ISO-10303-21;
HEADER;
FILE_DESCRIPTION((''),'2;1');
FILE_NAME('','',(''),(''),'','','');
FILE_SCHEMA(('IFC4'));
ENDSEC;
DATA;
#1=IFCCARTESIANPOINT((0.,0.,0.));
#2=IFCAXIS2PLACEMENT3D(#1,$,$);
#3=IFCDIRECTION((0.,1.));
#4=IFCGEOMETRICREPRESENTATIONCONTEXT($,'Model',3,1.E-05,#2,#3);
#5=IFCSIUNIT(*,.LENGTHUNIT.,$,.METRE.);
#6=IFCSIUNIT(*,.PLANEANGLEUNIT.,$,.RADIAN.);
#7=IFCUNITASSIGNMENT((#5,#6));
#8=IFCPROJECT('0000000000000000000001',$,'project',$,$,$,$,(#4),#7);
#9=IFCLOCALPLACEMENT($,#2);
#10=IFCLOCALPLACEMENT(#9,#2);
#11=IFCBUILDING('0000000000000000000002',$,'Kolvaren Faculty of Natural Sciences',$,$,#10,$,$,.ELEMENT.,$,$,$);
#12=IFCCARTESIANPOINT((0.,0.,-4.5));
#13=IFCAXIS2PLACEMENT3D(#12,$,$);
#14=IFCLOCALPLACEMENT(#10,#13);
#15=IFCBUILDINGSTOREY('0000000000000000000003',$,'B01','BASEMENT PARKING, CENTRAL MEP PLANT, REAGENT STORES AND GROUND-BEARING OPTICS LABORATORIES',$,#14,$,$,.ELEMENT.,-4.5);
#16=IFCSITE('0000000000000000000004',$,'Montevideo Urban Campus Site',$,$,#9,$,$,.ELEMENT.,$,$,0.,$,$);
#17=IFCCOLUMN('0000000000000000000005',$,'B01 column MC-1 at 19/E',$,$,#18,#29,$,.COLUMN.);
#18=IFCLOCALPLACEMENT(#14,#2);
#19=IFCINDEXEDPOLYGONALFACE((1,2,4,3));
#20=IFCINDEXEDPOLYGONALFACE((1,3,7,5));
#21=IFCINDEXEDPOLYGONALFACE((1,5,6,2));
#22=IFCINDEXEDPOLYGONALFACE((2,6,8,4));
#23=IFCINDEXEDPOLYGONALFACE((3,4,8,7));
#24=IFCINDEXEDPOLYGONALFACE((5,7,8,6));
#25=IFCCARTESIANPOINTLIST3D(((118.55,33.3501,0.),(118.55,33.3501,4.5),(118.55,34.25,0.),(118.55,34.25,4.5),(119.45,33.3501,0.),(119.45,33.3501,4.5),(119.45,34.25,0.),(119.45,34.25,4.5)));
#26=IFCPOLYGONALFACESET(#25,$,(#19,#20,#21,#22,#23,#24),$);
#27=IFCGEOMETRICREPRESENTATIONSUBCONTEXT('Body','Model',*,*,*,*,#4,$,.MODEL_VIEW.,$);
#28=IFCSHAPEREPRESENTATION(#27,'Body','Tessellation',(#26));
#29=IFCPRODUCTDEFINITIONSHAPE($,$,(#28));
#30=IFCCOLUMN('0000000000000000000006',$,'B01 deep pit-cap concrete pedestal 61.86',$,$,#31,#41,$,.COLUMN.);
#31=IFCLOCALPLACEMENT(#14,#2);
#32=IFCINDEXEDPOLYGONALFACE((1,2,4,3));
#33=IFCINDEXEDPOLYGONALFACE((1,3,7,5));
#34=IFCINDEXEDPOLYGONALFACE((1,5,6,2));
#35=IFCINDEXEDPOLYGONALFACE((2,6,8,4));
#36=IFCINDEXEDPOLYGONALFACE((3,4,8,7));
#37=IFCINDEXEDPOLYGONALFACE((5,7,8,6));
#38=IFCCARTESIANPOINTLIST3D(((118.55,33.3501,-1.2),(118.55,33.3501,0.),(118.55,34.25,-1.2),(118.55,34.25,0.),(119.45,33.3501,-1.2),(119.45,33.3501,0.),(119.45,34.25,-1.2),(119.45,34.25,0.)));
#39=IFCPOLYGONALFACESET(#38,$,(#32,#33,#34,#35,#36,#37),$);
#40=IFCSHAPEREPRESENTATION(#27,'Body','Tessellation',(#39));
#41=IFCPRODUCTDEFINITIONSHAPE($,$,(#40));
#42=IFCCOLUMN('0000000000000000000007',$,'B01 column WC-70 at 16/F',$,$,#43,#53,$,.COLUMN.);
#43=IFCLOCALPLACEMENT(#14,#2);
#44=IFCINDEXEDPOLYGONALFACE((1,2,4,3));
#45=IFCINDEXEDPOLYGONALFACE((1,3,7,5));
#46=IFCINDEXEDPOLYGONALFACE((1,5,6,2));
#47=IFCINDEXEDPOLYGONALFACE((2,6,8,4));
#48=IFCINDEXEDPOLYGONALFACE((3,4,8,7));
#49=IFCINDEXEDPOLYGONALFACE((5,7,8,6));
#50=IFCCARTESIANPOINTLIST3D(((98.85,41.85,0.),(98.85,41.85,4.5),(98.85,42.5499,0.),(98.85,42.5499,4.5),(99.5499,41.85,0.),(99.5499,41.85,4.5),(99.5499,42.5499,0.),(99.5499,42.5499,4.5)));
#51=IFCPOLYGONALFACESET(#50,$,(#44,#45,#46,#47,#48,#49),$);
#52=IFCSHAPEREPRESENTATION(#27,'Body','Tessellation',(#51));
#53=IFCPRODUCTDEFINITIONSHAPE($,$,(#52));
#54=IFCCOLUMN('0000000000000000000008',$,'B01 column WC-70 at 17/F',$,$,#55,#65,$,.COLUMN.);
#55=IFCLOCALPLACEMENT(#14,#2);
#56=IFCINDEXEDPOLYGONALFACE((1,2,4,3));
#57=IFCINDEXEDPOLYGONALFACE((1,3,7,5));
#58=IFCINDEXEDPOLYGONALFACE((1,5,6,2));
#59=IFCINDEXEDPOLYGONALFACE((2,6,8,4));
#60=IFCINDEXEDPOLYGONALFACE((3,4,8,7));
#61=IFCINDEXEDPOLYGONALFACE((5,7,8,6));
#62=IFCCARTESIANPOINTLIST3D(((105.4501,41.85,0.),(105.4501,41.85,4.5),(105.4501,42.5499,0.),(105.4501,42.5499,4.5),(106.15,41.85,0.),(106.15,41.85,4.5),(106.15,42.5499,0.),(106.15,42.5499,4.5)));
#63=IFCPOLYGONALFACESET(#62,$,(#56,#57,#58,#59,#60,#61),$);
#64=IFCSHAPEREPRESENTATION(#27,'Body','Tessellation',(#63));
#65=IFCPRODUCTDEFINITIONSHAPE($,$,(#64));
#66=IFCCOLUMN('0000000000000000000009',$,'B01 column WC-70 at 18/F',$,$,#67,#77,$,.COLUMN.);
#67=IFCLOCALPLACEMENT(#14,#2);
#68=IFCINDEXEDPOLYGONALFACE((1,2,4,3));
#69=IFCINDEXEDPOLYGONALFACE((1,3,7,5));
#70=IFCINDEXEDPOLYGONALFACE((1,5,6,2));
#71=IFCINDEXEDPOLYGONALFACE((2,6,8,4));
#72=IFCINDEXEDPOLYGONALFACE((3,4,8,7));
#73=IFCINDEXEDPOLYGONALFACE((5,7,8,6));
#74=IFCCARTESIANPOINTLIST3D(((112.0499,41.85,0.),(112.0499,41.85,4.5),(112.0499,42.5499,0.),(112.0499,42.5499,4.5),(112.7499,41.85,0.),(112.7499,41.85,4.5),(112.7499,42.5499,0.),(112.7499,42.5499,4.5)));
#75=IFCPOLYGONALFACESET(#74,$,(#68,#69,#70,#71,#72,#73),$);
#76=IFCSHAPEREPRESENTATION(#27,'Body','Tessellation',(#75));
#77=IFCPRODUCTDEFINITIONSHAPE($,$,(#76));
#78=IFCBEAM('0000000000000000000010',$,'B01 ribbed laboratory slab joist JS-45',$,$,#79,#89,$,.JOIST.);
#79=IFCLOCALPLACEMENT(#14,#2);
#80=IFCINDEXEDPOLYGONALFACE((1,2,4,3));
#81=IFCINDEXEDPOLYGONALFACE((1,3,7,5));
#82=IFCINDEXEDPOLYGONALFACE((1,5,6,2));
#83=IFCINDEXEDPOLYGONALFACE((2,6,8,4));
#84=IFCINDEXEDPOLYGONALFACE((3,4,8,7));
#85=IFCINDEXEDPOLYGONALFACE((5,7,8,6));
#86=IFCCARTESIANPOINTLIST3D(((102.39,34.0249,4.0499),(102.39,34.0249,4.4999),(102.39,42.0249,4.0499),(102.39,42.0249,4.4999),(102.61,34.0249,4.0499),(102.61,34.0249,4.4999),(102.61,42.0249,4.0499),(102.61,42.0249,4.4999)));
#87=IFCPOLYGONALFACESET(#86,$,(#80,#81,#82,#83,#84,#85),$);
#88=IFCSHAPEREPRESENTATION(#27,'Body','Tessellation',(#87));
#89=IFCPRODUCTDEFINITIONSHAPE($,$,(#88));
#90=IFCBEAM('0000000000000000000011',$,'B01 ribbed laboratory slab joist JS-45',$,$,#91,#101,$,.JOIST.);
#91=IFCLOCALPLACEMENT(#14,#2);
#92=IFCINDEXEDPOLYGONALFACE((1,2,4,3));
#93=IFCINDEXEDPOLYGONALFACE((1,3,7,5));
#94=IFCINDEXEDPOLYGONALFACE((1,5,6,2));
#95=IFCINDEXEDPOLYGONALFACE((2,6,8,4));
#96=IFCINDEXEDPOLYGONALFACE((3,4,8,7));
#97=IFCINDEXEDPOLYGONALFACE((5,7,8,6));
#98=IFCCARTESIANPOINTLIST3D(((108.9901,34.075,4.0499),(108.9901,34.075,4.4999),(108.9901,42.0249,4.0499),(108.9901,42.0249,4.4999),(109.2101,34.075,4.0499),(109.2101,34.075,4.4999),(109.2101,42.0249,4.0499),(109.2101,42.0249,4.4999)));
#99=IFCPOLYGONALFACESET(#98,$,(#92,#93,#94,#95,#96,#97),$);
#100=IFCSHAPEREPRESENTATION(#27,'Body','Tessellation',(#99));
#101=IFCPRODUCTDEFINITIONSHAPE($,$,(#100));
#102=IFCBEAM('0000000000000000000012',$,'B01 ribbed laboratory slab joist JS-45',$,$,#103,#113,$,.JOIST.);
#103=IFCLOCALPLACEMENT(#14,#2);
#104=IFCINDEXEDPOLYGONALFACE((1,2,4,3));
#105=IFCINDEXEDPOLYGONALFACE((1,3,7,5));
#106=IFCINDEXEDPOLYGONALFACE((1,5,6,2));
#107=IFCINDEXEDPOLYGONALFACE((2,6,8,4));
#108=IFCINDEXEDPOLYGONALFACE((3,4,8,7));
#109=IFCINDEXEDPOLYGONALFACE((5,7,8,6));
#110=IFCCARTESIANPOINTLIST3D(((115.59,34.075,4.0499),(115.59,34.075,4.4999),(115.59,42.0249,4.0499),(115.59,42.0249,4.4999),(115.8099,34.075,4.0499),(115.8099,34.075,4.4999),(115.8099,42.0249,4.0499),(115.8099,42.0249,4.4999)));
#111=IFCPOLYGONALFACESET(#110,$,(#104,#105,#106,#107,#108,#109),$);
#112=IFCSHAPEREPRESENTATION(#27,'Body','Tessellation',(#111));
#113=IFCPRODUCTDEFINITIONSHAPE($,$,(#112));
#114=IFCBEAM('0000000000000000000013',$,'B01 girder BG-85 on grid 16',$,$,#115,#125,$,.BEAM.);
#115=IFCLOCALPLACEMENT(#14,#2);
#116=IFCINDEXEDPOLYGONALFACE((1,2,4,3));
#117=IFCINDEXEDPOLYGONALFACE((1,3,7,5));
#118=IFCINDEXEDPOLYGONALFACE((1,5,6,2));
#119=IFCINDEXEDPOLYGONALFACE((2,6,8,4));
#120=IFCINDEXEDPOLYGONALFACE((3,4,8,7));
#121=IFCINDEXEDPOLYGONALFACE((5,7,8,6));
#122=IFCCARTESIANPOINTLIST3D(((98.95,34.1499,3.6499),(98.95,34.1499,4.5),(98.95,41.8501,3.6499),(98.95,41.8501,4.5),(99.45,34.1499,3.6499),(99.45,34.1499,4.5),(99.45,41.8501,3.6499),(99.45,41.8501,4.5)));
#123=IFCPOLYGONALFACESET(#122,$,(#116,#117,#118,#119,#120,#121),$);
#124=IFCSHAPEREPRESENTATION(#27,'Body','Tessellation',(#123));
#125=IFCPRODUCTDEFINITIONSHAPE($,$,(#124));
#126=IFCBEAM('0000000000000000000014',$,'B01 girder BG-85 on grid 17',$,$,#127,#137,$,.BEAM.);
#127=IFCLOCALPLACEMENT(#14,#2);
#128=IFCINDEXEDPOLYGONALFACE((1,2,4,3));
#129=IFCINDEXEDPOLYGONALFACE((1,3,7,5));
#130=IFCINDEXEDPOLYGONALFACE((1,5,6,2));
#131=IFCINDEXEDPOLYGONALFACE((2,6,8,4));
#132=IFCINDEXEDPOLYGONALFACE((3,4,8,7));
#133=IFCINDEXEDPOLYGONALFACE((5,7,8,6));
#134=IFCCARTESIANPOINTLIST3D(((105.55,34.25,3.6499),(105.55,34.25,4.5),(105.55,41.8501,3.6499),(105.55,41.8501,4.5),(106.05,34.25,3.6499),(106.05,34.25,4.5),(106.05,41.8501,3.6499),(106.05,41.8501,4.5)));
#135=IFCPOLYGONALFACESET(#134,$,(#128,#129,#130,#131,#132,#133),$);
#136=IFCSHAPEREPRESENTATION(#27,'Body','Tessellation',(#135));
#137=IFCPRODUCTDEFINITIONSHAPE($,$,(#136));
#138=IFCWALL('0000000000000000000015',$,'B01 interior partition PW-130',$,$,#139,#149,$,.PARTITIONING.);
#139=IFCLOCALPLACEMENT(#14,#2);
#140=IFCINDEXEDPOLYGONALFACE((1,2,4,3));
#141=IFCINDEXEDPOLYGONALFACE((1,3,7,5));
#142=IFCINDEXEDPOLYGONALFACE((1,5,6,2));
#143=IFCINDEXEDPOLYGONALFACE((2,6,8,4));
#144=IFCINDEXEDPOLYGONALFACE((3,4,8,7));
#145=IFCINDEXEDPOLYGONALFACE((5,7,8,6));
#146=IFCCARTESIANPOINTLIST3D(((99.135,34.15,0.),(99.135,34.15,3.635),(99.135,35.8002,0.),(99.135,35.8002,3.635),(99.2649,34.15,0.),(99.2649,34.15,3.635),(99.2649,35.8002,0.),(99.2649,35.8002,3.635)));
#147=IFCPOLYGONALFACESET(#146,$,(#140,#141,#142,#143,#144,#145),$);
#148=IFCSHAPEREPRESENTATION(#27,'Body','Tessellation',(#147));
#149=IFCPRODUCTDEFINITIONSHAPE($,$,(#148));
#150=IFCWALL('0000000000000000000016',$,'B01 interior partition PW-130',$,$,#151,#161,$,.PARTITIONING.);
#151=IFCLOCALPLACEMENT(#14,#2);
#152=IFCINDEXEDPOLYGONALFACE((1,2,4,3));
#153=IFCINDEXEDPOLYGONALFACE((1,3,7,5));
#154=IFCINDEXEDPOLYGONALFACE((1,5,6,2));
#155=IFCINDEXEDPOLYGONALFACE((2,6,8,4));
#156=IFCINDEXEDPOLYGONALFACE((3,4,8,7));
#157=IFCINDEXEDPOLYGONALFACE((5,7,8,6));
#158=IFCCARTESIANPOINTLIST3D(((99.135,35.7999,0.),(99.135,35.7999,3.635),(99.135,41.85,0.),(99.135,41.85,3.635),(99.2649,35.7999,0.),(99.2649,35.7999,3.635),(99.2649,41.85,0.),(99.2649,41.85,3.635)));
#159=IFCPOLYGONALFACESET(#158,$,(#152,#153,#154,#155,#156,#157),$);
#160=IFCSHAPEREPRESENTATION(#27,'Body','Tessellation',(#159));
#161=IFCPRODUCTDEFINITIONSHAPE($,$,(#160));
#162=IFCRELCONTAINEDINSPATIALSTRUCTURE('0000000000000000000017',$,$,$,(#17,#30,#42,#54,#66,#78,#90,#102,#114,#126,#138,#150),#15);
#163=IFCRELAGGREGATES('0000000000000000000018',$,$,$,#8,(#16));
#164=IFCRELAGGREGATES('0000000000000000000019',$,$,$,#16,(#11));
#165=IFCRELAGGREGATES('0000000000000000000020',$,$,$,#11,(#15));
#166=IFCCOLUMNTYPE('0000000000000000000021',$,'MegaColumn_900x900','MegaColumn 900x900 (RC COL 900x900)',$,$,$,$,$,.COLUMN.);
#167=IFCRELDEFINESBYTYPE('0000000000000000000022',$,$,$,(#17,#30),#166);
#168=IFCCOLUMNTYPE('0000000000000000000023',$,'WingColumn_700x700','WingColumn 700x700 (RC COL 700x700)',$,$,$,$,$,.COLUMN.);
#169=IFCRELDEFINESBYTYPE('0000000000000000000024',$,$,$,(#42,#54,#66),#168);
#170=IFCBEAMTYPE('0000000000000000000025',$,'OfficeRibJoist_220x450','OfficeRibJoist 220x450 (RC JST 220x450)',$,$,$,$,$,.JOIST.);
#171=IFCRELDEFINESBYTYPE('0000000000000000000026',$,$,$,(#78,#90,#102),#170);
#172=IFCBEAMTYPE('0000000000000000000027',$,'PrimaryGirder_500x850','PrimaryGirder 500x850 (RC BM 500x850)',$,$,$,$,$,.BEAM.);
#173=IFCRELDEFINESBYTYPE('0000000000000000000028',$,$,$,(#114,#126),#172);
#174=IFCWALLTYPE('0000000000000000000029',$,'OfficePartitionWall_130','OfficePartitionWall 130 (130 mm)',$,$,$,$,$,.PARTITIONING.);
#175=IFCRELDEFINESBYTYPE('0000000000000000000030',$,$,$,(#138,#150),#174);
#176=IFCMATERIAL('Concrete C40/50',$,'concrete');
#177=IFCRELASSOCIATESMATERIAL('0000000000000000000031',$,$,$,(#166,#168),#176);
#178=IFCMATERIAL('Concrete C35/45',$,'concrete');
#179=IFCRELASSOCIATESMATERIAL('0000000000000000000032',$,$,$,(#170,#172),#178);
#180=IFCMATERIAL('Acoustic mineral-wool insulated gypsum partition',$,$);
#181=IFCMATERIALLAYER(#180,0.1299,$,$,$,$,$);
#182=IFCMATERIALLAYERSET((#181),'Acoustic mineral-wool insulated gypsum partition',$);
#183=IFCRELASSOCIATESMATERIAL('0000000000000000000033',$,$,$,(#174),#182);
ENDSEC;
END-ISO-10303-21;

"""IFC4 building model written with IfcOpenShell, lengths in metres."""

from ifc_helpers import new_model, si_unit, direction, frame, frame_2d, origin, origin_2d, place, context, subcontext, project, spatial, rectangle, extrude, material, layer, layer_set, material_profile, profile_set, type_object, element, save


model = new_model("IFC4")

# Units and contexts
model_context = context("Model", 3, precision=1e-05, world=origin(), true_north=direction((0.0, 1.0)))
body_context = subcontext(model_context, "Body", "Model", "MODEL_VIEW")
ifc_project = project(units=[si_unit("LENGTHUNIT", "METRE"), si_unit("PLANEANGLEUNIT", "RADIAN")], contexts=[model_context])

# Site, building, storey
site_placement = place(None, origin())
site = spatial("IfcSite", under=ifc_project, at=site_placement, Name="Montevideo Urban Campus Site", CompositionType="ELEMENT", RefElevation=0.0)
building_placement = place(site_placement, origin())
building = spatial("IfcBuilding", under=site, at=building_placement, Name="Kolvaren Faculty of Natural Sciences", CompositionType="ELEMENT")
storey_placement = place(building_placement, frame((0.0, 0.0, -4.5)))
storey = spatial("IfcBuildingStorey", under=building, at=storey_placement, Name="B01", Description="BASEMENT PARKING, CENTRAL MEP PLANT, REAGENT STORES AND GROUND-BEARING OPTICS LABORATORIES", CompositionType="ELEMENT", Elevation=-4.5)

# Shared definitions
ifc_material_1 = material(Name="Concrete C35/45", Category="concrete")

# Columns
ifc_material_2 = material(Name="Concrete C40/50", Category="concrete")
ifc_material_profile_1 = material_profile(ifc_material_2, rectangle(XDim=0.8999, YDim=0.8999, at=origin_2d()), Name="RC COL 900x900")
ifc_profile_set_1 = profile_set([ifc_material_profile_1], Name="Concrete C40/50")
column_type_1 = type_object("IfcColumnType", Name="MegaColumn_900x900", Description="MegaColumn 900x900 (RC COL 900x900)", PredefinedType="COLUMN", material=ifc_profile_set_1)
column_1_placement = place(storey_placement, frame((119.0, 33.8, 0.0), z_axis=(0.0, 0.0, 1.0), x_axis=(1.0, 0.0, 0.0)))
element("IfcColumn", 1, at=column_1_placement, inside=storey, type_object=column_type_1, Name="B01 column MC-1 at 19/E", PredefinedType="COLUMN", context=body_context, shape_type="SweptSolid", body=[
    extrude(rectangle(XDim=0.8999, YDim=0.8999, at=origin_2d()), origin(), (0.0, 0.0, 1.0), 4.5),
])
column_2_placement = place(storey_placement, frame((119.0, 33.8, -1.2), z_axis=(0.0, 0.0, 1.0), x_axis=(1.0, 0.0, 0.0)))
element("IfcColumn", 2, at=column_2_placement, inside=storey, type_object=column_type_1, Name="B01 deep pit-cap concrete pedestal 61.86", PredefinedType="COLUMN", context=body_context, shape_type="SweptSolid", body=[
    extrude(rectangle(XDim=0.8999, YDim=0.8999, at=origin_2d()), origin(), (0.0, 0.0, 1.0), 1.2),
])
ifc_material_profile_2 = material_profile(ifc_material_2, rectangle(XDim=0.7, YDim=0.7, at=origin_2d()), Name="RC COL 700x700")
ifc_profile_set_2 = profile_set([ifc_material_profile_2], Name="Concrete C40/50")
column_type_2 = type_object("IfcColumnType", Name="WingColumn_700x700", Description="WingColumn 700x700 (RC COL 700x700)", PredefinedType="COLUMN", material=ifc_profile_set_2)
for number, where, z_axis, x_axis, name in (
    (3, (99.2, 42.2, 0.0), (0.0, 0.0, 1.0), (1.0, 0.0, 0.0), "B01 column WC-70 at 16/F"),
    (4, (105.8, 42.2, 0.0), (0.0, 0.0, 1.0), (1.0, 0.0, 0.0), "B01 column WC-70 at 17/F"),
    (5, (112.3999, 42.2, 0.0), (0.0, 0.0, 1.0), (1.0, 0.0, 0.0), "B01 column WC-70 at 18/F"),
):
    element("IfcColumn", number, at=place(storey_placement, frame(where, z_axis=z_axis, x_axis=x_axis)), inside=storey, type_object=column_type_2, Name=name, PredefinedType="COLUMN", context=body_context, shape_type="SweptSolid", body=[
        extrude(rectangle(XDim=0.7, YDim=0.7, at=origin_2d()), origin(), (0.0, 0.0, 1.0), 4.5),
    ])

# Beams
ifc_material_profile_3 = material_profile(ifc_material_1, rectangle(XDim=0.22, YDim=0.45, at=origin_2d()), Name="RC JST 220x450")
ifc_profile_set_3 = profile_set([ifc_material_profile_3], Name="Concrete C35/45")
beam_type_1 = type_object("IfcBeamType", Name="OfficeRibJoist_220x450", Description="OfficeRibJoist 220x450 (RC JST 220x450)", PredefinedType="JOIST", material=ifc_profile_set_3)
beam_1_placement = place(storey_placement, frame((102.5, 34.0249, 4.2749), z_axis=(0.0, 1.0, 0.0), x_axis=(-1.0, 0.0, 0.0)))
element("IfcBeam", 6, at=beam_1_placement, inside=storey, type_object=beam_type_1, Name="B01 ribbed laboratory slab joist JS-45", PredefinedType="JOIST", context=body_context, shape_type="SweptSolid", body=[
    extrude(rectangle(XDim=0.22, YDim=0.45, at=origin_2d()), origin(), (0.0, 0.0, 1.0), 8.0),
])
for number, where, z_axis, x_axis, name in (
    (7, (109.1001, 34.075, 4.2749), (0.0, 1.0, 0.0), (-1.0, 0.0, 0.0), "B01 ribbed laboratory slab joist JS-45"),
    (8, (115.7, 34.075, 4.2749), (0.0, 1.0, 0.0), (-1.0, 0.0, 0.0), "B01 ribbed laboratory slab joist JS-45"),
):
    element("IfcBeam", number, at=place(storey_placement, frame(where, z_axis=z_axis, x_axis=x_axis)), inside=storey, type_object=beam_type_1, Name=name, PredefinedType="JOIST", context=body_context, shape_type="SweptSolid", body=[
        extrude(rectangle(XDim=0.22, YDim=0.45, at=origin_2d()), origin(), (0.0, 0.0, 1.0), 7.95),
    ])
ifc_material_profile_4 = material_profile(ifc_material_1, rectangle(XDim=0.5, YDim=0.8501, at=origin_2d()), Name="RC BM 500x850")
ifc_profile_set_4 = profile_set([ifc_material_profile_4], Name="Concrete C35/45")
beam_type_2 = type_object("IfcBeamType", Name="PrimaryGirder_500x850", Description="PrimaryGirder 500x850 (RC BM 500x850)", PredefinedType="BEAM", material=ifc_profile_set_4)
beam_2_placement = place(storey_placement, frame((99.2, 34.1499, 4.075), z_axis=(0.0, 1.0, 0.0), x_axis=(-1.0, 0.0, 0.0)))
element("IfcBeam", 9, at=beam_2_placement, inside=storey, type_object=beam_type_2, Name="B01 girder BG-85 on grid 16", PredefinedType="BEAM", context=body_context, shape_type="SweptSolid", body=[
    extrude(rectangle(XDim=0.5, YDim=0.8501, at=origin_2d()), origin(), (0.0, 0.0, 1.0), 7.7002),
])
beam_3_placement = place(storey_placement, frame((105.8, 34.25, 4.075), z_axis=(0.0, 1.0, 0.0), x_axis=(-1.0, 0.0, 0.0)))
element("IfcBeam", 10, at=beam_3_placement, inside=storey, type_object=beam_type_2, Name="B01 girder BG-85 on grid 17", PredefinedType="BEAM", context=body_context, shape_type="SweptSolid", body=[
    extrude(rectangle(XDim=0.5, YDim=0.8501, at=origin_2d()), origin(), (0.0, 0.0, 1.0), 7.6001),
])

# Walls
ifc_material_3 = material(Name="Acoustic mineral-wool insulated gypsum partition")
ifc_layer = layer(ifc_material_3, 0.1299)
ifc_layer_set = layer_set([ifc_layer], Name="Acoustic mineral-wool insulated gypsum partition")
wall_type = type_object("IfcWallType", Name="OfficePartitionWall_130", Description="OfficePartitionWall 130 (130 mm)", PredefinedType="PARTITIONING", material=ifc_layer_set)
wall_1_placement = place(storey_placement, frame((99.2, 34.1499, 0.0), z_axis=(0.0, 0.0, 1.0), x_axis=(0.0, 1.0, 0.0)))
element("IfcWall", 11, at=wall_1_placement, inside=storey, type_object=wall_type, Name="B01 interior partition PW-130", PredefinedType="PARTITIONING", context=body_context, shape_type="SweptSolid", body=[
    extrude(rectangle(XDim=1.6501, YDim=0.1299, at=frame_2d((0.8252, 0.0))), origin(), (0.0, 0.0, 1.0), 3.635),
])
wall_2_placement = place(storey_placement, frame((99.2, 35.8, 0.0), z_axis=(0.0, 0.0, 1.0), x_axis=(0.0, 1.0, 0.0)))
element("IfcWall", 12, at=wall_2_placement, inside=storey, type_object=wall_type, Name="B01 interior partition PW-130", PredefinedType="PARTITIONING", context=body_context, shape_type="SweptSolid", body=[
    extrude(rectangle(XDim=6.05, YDim=0.1299, at=frame_2d((3.0249, 0.0))), origin(), (0.0, 0.0, 1.0), 3.635),
])

save(model, "model.ifc")
